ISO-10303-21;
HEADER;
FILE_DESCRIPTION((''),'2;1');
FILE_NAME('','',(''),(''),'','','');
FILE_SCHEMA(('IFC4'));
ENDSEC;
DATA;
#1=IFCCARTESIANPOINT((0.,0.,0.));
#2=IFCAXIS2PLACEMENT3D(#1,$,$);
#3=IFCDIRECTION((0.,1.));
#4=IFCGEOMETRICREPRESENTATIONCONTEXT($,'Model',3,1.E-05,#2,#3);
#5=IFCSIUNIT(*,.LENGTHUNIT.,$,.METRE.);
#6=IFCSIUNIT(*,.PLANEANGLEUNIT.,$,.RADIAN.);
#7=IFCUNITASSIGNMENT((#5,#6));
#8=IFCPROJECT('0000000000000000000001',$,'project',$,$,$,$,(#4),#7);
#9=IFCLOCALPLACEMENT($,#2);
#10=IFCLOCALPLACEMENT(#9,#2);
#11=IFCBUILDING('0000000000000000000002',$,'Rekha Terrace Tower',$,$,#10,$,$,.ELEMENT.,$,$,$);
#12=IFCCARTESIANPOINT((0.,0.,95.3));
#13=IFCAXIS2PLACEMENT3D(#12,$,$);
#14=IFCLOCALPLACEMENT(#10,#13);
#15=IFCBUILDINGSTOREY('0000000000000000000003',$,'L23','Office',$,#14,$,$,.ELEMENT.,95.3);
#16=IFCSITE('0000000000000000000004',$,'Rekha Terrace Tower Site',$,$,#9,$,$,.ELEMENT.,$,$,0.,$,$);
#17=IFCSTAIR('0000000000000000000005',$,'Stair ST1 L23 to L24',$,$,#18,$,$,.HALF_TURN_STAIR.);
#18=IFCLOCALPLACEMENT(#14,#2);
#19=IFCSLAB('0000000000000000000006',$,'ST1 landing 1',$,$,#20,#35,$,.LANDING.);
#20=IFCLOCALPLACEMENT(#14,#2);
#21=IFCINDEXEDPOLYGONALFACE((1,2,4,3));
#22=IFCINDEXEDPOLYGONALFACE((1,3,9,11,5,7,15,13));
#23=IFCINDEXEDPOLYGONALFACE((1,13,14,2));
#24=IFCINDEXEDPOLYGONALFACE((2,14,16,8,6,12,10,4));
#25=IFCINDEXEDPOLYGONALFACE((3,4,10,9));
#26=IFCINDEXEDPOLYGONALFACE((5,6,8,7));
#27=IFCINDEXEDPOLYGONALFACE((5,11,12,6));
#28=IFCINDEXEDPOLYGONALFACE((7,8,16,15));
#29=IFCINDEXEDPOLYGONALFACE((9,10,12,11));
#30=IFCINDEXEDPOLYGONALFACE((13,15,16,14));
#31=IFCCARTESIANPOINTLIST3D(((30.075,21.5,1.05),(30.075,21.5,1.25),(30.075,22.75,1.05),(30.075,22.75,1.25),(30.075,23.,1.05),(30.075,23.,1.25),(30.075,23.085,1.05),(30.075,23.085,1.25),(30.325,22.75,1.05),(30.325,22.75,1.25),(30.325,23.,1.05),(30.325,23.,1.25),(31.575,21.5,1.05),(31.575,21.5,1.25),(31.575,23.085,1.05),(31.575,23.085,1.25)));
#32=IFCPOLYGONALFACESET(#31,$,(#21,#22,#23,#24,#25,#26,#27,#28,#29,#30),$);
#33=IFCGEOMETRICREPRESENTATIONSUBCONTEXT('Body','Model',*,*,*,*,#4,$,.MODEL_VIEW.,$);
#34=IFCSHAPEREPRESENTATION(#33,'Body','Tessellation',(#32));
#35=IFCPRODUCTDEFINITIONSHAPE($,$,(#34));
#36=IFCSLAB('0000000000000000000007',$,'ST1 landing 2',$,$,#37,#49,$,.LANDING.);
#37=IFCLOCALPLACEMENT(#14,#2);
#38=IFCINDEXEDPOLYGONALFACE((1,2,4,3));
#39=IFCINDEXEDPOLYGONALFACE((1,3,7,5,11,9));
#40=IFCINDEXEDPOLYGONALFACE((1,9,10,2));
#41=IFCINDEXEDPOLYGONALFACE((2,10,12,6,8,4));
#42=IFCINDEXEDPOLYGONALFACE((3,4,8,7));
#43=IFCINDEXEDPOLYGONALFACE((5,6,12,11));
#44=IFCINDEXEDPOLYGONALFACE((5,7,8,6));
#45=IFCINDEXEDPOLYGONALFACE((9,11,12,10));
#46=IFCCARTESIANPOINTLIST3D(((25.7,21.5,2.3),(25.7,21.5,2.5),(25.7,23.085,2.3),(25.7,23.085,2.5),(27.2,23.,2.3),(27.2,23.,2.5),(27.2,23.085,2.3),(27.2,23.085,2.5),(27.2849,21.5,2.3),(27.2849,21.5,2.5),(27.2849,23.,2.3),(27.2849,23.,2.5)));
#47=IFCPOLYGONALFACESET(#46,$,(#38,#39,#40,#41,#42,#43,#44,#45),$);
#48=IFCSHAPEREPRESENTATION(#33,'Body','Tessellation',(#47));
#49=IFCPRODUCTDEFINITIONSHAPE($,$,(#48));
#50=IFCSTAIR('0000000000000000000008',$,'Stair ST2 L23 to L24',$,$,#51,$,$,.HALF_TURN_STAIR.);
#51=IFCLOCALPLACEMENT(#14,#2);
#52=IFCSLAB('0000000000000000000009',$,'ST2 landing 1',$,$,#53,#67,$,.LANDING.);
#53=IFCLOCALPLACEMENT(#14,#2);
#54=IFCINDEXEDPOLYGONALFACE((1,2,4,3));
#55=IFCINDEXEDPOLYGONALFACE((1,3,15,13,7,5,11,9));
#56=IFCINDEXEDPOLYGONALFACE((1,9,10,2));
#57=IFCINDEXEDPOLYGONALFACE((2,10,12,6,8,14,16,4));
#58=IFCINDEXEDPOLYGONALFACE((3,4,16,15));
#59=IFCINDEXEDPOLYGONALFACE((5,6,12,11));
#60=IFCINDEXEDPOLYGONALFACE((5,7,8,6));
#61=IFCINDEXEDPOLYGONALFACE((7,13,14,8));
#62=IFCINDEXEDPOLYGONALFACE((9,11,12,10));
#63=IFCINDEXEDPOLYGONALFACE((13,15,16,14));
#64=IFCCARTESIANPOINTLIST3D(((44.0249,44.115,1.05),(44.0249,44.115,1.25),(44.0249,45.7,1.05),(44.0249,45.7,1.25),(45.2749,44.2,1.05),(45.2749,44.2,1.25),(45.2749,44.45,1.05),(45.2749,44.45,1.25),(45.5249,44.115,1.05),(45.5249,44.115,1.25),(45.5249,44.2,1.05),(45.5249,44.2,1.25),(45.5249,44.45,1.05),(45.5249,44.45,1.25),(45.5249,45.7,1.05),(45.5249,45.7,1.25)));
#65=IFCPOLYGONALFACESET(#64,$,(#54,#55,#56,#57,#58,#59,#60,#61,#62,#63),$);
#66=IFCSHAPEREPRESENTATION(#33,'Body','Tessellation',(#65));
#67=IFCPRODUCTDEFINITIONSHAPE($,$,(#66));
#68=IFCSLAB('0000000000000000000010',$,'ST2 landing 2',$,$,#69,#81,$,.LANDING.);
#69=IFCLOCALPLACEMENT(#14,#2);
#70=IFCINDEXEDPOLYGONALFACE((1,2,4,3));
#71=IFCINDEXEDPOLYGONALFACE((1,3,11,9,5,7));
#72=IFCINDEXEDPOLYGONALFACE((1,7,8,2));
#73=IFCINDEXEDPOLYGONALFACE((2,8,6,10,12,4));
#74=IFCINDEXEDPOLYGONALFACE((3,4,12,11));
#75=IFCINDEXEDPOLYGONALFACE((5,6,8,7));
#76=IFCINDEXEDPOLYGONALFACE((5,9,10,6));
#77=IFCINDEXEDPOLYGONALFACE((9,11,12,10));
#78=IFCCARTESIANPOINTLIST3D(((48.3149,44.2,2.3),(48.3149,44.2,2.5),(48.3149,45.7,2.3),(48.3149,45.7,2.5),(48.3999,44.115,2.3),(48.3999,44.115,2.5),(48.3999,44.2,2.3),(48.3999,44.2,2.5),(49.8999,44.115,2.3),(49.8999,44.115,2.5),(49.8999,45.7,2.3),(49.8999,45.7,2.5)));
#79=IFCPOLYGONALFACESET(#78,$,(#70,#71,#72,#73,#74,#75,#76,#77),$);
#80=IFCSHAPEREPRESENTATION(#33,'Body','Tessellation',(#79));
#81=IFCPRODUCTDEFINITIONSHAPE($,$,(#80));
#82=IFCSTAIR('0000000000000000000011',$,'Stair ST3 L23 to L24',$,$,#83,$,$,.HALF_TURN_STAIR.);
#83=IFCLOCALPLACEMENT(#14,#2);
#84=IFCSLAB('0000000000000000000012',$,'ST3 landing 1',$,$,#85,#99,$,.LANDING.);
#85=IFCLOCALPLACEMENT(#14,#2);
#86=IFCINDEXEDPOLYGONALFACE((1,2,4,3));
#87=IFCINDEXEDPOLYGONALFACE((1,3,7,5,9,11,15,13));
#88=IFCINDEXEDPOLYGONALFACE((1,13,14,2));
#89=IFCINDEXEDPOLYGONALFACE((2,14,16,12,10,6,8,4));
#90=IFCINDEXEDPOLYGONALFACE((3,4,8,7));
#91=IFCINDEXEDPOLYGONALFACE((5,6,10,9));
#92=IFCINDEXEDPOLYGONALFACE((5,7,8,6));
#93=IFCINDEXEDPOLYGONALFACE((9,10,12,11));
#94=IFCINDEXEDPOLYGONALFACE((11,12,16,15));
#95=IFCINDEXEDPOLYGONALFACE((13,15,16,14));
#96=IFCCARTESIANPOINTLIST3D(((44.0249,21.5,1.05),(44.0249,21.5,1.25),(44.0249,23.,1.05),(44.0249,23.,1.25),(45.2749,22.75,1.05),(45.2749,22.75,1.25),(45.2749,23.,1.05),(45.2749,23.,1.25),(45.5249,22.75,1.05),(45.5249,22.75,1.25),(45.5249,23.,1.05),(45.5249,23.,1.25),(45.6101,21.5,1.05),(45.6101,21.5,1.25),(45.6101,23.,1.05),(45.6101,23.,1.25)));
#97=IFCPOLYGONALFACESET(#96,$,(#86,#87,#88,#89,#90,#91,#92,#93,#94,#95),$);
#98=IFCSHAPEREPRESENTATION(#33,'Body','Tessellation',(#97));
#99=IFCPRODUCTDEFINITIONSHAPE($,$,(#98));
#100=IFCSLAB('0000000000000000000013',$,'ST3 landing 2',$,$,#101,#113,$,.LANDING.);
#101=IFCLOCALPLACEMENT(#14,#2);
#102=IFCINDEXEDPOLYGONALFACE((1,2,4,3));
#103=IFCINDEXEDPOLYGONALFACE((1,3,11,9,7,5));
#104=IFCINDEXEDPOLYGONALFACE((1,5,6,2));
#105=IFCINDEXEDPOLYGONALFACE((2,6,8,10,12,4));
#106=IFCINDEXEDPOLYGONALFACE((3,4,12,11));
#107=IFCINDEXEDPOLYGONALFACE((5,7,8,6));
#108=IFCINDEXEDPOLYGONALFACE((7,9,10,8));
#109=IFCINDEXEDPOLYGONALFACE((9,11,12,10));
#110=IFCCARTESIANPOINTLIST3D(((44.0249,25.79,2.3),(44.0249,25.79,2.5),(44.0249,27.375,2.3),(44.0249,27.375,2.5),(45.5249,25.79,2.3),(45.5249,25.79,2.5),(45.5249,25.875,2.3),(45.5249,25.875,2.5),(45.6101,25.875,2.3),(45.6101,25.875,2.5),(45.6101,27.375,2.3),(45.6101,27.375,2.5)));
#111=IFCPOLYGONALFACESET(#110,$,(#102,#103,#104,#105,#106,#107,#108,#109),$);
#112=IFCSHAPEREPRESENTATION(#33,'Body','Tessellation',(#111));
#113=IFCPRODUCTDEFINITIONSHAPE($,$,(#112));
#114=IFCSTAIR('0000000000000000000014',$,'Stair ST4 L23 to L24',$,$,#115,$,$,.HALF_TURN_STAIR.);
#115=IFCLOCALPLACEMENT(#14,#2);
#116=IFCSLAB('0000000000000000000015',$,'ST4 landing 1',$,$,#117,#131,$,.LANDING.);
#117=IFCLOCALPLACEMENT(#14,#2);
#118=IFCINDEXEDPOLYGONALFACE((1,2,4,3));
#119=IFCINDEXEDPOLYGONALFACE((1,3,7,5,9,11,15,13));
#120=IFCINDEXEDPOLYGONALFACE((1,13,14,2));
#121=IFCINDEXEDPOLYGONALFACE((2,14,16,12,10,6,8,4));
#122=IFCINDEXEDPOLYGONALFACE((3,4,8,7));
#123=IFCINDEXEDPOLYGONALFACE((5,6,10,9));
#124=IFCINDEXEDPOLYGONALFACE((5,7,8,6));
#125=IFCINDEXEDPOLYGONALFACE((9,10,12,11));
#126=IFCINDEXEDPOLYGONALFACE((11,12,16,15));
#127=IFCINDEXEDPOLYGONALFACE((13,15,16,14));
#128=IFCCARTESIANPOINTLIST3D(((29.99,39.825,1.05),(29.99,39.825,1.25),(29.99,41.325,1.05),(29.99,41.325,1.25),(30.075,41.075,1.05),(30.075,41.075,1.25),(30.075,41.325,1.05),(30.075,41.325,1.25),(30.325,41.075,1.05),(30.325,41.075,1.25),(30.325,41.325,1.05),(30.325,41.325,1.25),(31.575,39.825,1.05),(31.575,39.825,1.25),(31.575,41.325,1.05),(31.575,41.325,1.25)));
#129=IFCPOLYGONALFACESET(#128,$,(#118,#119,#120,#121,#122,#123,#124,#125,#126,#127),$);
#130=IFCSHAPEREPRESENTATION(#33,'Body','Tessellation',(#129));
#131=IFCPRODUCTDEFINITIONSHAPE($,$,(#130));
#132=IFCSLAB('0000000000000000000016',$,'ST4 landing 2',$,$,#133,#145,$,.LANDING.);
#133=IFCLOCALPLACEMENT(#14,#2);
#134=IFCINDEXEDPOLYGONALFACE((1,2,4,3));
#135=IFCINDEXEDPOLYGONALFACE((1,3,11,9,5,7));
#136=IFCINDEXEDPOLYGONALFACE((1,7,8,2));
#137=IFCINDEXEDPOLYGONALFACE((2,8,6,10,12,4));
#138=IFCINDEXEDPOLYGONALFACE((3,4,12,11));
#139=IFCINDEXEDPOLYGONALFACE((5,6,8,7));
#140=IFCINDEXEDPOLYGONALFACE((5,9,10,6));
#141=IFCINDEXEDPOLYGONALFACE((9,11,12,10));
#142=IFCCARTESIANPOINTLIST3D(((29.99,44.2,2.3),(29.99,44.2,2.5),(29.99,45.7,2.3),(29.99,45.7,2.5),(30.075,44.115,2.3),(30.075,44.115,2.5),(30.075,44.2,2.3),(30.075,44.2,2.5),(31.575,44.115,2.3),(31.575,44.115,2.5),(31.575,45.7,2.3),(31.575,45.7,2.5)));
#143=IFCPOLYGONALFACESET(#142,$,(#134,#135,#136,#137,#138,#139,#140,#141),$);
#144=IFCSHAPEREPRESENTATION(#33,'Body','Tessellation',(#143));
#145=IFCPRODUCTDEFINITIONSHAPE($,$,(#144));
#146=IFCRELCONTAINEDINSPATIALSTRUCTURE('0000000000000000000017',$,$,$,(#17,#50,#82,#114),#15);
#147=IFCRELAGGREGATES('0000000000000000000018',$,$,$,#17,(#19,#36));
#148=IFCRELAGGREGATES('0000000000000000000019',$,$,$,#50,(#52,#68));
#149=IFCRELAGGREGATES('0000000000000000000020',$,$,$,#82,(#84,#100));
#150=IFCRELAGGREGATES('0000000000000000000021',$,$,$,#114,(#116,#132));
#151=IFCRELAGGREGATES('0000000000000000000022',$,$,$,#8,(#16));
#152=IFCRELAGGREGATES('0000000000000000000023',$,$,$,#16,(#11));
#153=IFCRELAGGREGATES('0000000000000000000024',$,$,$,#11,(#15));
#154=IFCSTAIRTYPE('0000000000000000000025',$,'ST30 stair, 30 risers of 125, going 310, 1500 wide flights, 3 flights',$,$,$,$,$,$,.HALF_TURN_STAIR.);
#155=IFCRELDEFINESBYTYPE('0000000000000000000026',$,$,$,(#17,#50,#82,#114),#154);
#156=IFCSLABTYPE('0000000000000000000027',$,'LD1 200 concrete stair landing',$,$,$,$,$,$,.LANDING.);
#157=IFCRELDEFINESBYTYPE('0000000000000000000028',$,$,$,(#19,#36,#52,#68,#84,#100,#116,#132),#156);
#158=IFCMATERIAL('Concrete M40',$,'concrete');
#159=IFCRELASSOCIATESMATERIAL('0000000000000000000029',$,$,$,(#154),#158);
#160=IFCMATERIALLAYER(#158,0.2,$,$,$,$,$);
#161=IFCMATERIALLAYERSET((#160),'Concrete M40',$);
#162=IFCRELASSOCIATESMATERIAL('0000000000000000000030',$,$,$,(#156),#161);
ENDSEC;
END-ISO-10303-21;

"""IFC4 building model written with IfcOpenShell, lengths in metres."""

from ifc_helpers import new_model, si_unit, direction, frame, origin, place, context, subcontext, project, spatial, polyline, outline, extrude, material, layer, layer_set, type_object, element, aggregate, save


model = new_model("IFC4")

# Units and contexts
model_context = context("Model", 3, precision=1e-05, world=origin(), true_north=direction((0.0, 1.0)))
body_context = subcontext(model_context, "Body", "Model", "MODEL_VIEW")
ifc_project = project(units=[si_unit("LENGTHUNIT", "METRE"), si_unit("PLANEANGLEUNIT", "RADIAN")], contexts=[model_context])

# Site, building, storey
site_placement = place(None, origin())
site = spatial("IfcSite", under=ifc_project, at=site_placement, Name="Rekha Terrace Tower Site", CompositionType="ELEMENT", RefElevation=0.0)
building_placement = place(site_placement, origin())
building = spatial("IfcBuilding", under=site, at=building_placement, Name="Rekha Terrace Tower", CompositionType="ELEMENT")
storey_placement = place(building_placement, frame((0.0, 0.0, 95.3)))
storey = spatial("IfcBuildingStorey", under=building, at=storey_placement, Name="L23", Description="Office", CompositionType="ELEMENT", Elevation=95.3)

# Stairs, slabs
ifc_material_1 = material(Name="Concrete M40", Category="concrete")
stair_type = type_object("IfcStairType", Name="ST30 stair, 30 risers of 125, going 310, 1500 wide flights, 3 flights", PredefinedType="HALF_TURN_STAIR", material=ifc_material_1)
stair_1_placement = place(storey_placement, origin())
stair_1 = element("IfcStair", 1, at=stair_1_placement, inside=storey, type_object=stair_type, Name="Stair ST1 L23 to L24", PredefinedType="HALF_TURN_STAIR")
ifc_layer_1 = layer(ifc_material_1, 0.2)
ifc_layer_set_1 = layer_set([ifc_layer_1], Name="Concrete M40")
slab_type_1 = type_object("IfcSlabType", Name="LD1 200 concrete stair landing", PredefinedType="LANDING", material=ifc_layer_set_1)
slab_1_placement = place(storey_placement, frame((0.0, 0.0, 1.05)))
slab_1 = element("IfcSlab", 2, at=slab_1_placement, type_object=slab_type_1, Name="ST1 landing 1", PredefinedType="LANDING", context=body_context, shape_type="SweptSolid", body=[
    extrude(outline(polyline([(30.075, 21.5), (31.575, 21.5), (31.575, 23.085), (30.075, 23.085), (30.075, 23.0), (30.325, 23.0), (30.325, 22.75), (30.075, 22.75), (30.075, 21.5)])), origin(), (0.0, 0.0, 1.0), 0.2),
])
slab_2_placement = place(storey_placement, frame((0.0, 0.0, 2.3)))
slab_2 = element("IfcSlab", 3, at=slab_2_placement, type_object=slab_type_1, Name="ST1 landing 2", PredefinedType="LANDING", context=body_context, shape_type="SweptSolid", body=[
    extrude(outline(polyline([(27.2, 23.085), (25.7, 23.085), (25.7, 21.5), (27.2849, 21.5), (27.2849, 23.0), (27.2, 23.0), (27.2, 23.085)])), origin(), (0.0, 0.0, 1.0), 0.2),
])
aggregate(stair_1, [slab_1, slab_2])
stair_2_placement = place(storey_placement, origin())
stair_2 = element("IfcStair", 4, at=stair_2_placement, inside=storey, type_object=stair_type, Name="Stair ST2 L23 to L24", PredefinedType="HALF_TURN_STAIR")
slab_3_placement = place(storey_placement, frame((0.0, 0.0, 1.05)))
slab_3 = element("IfcSlab", 5, at=slab_3_placement, type_object=slab_type_1, Name="ST2 landing 1", PredefinedType="LANDING", context=body_context, shape_type="SweptSolid", body=[
    extrude(outline(polyline([(45.5249, 45.7), (44.0249, 45.7), (44.0249, 44.115), (45.5249, 44.115), (45.5249, 44.2), (45.2749, 44.2), (45.2749, 44.45), (45.5249, 44.45), (45.5249, 45.7)])), origin(), (0.0, 0.0, 1.0), 0.2),
])
slab_4_placement = place(storey_placement, frame((0.0, 0.0, 2.3)))
slab_4 = element("IfcSlab", 6, at=slab_4_placement, type_object=slab_type_1, Name="ST2 landing 2", PredefinedType="LANDING", context=body_context, shape_type="SweptSolid", body=[
    extrude(outline(polyline([(48.3999, 44.115), (49.8999, 44.115), (49.8999, 45.7), (48.3149, 45.7), (48.3149, 44.2), (48.3999, 44.2), (48.3999, 44.115)])), origin(), (0.0, 0.0, 1.0), 0.2),
])
aggregate(stair_2, [slab_3, slab_4])
stair_3_placement = place(storey_placement, origin())
stair_3 = element("IfcStair", 7, at=stair_3_placement, inside=storey, type_object=stair_type, Name="Stair ST3 L23 to L24", PredefinedType="HALF_TURN_STAIR")
slab_5_placement = place(storey_placement, frame((0.0, 0.0, 1.05)))
slab_5 = element("IfcSlab", 8, at=slab_5_placement, type_object=slab_type_1, Name="ST3 landing 1", PredefinedType="LANDING", context=body_context, shape_type="SweptSolid", body=[
    extrude(outline(polyline([(44.0249, 23.0), (44.0249, 21.5), (45.6101, 21.5), (45.6101, 23.0), (45.5249, 23.0), (45.5249, 22.75), (45.2749, 22.75), (45.2749, 23.0), (44.0249, 23.0)])), origin(), (0.0, 0.0, 1.0), 0.2),
])
slab_6_placement = place(storey_placement, frame((0.0, 0.0, 2.3)))
slab_6 = element("IfcSlab", 9, at=slab_6_placement, type_object=slab_type_1, Name="ST3 landing 2", PredefinedType="LANDING", context=body_context, shape_type="SweptSolid", body=[
    extrude(outline(polyline([(45.6101, 25.875), (45.6101, 27.375), (44.0249, 27.375), (44.0249, 25.79), (45.5249, 25.79), (45.5249, 25.875), (45.6101, 25.875)])), origin(), (0.0, 0.0, 1.0), 0.2),
])
aggregate(stair_3, [slab_5, slab_6])
stair_4_placement = place(storey_placement, origin())
stair_4 = element("IfcStair", 10, at=stair_4_placement, inside=storey, type_object=stair_type, Name="Stair ST4 L23 to L24", PredefinedType="HALF_TURN_STAIR")
slab_7_placement = place(storey_placement, frame((0.0, 0.0, 1.05)))
slab_7 = element("IfcSlab", 11, at=slab_7_placement, type_object=slab_type_1, Name="ST4 landing 1", PredefinedType="LANDING", context=body_context, shape_type="SweptSolid", body=[
    extrude(outline(polyline([(31.575, 41.325), (31.575, 39.825), (29.99, 39.825), (29.99, 41.325), (30.075, 41.325), (30.075, 41.075), (30.325, 41.075), (30.325, 41.325), (31.575, 41.325)])), origin(), (0.0, 0.0, 1.0), 0.2),
])
slab_8_placement = place(storey_placement, frame((0.0, 0.0, 2.3)))
slab_8 = element("IfcSlab", 12, at=slab_8_placement, type_object=slab_type_1, Name="ST4 landing 2", PredefinedType="LANDING", context=body_context, shape_type="SweptSolid", body=[
    extrude(outline(polyline([(29.99, 44.2), (29.99, 45.7), (31.575, 45.7), (31.575, 44.115), (30.075, 44.115), (30.075, 44.2), (29.99, 44.2)])), origin(), (0.0, 0.0, 1.0), 0.2),
])
aggregate(stair_4, [slab_7, slab_8])

save(model, "model.ifc")
